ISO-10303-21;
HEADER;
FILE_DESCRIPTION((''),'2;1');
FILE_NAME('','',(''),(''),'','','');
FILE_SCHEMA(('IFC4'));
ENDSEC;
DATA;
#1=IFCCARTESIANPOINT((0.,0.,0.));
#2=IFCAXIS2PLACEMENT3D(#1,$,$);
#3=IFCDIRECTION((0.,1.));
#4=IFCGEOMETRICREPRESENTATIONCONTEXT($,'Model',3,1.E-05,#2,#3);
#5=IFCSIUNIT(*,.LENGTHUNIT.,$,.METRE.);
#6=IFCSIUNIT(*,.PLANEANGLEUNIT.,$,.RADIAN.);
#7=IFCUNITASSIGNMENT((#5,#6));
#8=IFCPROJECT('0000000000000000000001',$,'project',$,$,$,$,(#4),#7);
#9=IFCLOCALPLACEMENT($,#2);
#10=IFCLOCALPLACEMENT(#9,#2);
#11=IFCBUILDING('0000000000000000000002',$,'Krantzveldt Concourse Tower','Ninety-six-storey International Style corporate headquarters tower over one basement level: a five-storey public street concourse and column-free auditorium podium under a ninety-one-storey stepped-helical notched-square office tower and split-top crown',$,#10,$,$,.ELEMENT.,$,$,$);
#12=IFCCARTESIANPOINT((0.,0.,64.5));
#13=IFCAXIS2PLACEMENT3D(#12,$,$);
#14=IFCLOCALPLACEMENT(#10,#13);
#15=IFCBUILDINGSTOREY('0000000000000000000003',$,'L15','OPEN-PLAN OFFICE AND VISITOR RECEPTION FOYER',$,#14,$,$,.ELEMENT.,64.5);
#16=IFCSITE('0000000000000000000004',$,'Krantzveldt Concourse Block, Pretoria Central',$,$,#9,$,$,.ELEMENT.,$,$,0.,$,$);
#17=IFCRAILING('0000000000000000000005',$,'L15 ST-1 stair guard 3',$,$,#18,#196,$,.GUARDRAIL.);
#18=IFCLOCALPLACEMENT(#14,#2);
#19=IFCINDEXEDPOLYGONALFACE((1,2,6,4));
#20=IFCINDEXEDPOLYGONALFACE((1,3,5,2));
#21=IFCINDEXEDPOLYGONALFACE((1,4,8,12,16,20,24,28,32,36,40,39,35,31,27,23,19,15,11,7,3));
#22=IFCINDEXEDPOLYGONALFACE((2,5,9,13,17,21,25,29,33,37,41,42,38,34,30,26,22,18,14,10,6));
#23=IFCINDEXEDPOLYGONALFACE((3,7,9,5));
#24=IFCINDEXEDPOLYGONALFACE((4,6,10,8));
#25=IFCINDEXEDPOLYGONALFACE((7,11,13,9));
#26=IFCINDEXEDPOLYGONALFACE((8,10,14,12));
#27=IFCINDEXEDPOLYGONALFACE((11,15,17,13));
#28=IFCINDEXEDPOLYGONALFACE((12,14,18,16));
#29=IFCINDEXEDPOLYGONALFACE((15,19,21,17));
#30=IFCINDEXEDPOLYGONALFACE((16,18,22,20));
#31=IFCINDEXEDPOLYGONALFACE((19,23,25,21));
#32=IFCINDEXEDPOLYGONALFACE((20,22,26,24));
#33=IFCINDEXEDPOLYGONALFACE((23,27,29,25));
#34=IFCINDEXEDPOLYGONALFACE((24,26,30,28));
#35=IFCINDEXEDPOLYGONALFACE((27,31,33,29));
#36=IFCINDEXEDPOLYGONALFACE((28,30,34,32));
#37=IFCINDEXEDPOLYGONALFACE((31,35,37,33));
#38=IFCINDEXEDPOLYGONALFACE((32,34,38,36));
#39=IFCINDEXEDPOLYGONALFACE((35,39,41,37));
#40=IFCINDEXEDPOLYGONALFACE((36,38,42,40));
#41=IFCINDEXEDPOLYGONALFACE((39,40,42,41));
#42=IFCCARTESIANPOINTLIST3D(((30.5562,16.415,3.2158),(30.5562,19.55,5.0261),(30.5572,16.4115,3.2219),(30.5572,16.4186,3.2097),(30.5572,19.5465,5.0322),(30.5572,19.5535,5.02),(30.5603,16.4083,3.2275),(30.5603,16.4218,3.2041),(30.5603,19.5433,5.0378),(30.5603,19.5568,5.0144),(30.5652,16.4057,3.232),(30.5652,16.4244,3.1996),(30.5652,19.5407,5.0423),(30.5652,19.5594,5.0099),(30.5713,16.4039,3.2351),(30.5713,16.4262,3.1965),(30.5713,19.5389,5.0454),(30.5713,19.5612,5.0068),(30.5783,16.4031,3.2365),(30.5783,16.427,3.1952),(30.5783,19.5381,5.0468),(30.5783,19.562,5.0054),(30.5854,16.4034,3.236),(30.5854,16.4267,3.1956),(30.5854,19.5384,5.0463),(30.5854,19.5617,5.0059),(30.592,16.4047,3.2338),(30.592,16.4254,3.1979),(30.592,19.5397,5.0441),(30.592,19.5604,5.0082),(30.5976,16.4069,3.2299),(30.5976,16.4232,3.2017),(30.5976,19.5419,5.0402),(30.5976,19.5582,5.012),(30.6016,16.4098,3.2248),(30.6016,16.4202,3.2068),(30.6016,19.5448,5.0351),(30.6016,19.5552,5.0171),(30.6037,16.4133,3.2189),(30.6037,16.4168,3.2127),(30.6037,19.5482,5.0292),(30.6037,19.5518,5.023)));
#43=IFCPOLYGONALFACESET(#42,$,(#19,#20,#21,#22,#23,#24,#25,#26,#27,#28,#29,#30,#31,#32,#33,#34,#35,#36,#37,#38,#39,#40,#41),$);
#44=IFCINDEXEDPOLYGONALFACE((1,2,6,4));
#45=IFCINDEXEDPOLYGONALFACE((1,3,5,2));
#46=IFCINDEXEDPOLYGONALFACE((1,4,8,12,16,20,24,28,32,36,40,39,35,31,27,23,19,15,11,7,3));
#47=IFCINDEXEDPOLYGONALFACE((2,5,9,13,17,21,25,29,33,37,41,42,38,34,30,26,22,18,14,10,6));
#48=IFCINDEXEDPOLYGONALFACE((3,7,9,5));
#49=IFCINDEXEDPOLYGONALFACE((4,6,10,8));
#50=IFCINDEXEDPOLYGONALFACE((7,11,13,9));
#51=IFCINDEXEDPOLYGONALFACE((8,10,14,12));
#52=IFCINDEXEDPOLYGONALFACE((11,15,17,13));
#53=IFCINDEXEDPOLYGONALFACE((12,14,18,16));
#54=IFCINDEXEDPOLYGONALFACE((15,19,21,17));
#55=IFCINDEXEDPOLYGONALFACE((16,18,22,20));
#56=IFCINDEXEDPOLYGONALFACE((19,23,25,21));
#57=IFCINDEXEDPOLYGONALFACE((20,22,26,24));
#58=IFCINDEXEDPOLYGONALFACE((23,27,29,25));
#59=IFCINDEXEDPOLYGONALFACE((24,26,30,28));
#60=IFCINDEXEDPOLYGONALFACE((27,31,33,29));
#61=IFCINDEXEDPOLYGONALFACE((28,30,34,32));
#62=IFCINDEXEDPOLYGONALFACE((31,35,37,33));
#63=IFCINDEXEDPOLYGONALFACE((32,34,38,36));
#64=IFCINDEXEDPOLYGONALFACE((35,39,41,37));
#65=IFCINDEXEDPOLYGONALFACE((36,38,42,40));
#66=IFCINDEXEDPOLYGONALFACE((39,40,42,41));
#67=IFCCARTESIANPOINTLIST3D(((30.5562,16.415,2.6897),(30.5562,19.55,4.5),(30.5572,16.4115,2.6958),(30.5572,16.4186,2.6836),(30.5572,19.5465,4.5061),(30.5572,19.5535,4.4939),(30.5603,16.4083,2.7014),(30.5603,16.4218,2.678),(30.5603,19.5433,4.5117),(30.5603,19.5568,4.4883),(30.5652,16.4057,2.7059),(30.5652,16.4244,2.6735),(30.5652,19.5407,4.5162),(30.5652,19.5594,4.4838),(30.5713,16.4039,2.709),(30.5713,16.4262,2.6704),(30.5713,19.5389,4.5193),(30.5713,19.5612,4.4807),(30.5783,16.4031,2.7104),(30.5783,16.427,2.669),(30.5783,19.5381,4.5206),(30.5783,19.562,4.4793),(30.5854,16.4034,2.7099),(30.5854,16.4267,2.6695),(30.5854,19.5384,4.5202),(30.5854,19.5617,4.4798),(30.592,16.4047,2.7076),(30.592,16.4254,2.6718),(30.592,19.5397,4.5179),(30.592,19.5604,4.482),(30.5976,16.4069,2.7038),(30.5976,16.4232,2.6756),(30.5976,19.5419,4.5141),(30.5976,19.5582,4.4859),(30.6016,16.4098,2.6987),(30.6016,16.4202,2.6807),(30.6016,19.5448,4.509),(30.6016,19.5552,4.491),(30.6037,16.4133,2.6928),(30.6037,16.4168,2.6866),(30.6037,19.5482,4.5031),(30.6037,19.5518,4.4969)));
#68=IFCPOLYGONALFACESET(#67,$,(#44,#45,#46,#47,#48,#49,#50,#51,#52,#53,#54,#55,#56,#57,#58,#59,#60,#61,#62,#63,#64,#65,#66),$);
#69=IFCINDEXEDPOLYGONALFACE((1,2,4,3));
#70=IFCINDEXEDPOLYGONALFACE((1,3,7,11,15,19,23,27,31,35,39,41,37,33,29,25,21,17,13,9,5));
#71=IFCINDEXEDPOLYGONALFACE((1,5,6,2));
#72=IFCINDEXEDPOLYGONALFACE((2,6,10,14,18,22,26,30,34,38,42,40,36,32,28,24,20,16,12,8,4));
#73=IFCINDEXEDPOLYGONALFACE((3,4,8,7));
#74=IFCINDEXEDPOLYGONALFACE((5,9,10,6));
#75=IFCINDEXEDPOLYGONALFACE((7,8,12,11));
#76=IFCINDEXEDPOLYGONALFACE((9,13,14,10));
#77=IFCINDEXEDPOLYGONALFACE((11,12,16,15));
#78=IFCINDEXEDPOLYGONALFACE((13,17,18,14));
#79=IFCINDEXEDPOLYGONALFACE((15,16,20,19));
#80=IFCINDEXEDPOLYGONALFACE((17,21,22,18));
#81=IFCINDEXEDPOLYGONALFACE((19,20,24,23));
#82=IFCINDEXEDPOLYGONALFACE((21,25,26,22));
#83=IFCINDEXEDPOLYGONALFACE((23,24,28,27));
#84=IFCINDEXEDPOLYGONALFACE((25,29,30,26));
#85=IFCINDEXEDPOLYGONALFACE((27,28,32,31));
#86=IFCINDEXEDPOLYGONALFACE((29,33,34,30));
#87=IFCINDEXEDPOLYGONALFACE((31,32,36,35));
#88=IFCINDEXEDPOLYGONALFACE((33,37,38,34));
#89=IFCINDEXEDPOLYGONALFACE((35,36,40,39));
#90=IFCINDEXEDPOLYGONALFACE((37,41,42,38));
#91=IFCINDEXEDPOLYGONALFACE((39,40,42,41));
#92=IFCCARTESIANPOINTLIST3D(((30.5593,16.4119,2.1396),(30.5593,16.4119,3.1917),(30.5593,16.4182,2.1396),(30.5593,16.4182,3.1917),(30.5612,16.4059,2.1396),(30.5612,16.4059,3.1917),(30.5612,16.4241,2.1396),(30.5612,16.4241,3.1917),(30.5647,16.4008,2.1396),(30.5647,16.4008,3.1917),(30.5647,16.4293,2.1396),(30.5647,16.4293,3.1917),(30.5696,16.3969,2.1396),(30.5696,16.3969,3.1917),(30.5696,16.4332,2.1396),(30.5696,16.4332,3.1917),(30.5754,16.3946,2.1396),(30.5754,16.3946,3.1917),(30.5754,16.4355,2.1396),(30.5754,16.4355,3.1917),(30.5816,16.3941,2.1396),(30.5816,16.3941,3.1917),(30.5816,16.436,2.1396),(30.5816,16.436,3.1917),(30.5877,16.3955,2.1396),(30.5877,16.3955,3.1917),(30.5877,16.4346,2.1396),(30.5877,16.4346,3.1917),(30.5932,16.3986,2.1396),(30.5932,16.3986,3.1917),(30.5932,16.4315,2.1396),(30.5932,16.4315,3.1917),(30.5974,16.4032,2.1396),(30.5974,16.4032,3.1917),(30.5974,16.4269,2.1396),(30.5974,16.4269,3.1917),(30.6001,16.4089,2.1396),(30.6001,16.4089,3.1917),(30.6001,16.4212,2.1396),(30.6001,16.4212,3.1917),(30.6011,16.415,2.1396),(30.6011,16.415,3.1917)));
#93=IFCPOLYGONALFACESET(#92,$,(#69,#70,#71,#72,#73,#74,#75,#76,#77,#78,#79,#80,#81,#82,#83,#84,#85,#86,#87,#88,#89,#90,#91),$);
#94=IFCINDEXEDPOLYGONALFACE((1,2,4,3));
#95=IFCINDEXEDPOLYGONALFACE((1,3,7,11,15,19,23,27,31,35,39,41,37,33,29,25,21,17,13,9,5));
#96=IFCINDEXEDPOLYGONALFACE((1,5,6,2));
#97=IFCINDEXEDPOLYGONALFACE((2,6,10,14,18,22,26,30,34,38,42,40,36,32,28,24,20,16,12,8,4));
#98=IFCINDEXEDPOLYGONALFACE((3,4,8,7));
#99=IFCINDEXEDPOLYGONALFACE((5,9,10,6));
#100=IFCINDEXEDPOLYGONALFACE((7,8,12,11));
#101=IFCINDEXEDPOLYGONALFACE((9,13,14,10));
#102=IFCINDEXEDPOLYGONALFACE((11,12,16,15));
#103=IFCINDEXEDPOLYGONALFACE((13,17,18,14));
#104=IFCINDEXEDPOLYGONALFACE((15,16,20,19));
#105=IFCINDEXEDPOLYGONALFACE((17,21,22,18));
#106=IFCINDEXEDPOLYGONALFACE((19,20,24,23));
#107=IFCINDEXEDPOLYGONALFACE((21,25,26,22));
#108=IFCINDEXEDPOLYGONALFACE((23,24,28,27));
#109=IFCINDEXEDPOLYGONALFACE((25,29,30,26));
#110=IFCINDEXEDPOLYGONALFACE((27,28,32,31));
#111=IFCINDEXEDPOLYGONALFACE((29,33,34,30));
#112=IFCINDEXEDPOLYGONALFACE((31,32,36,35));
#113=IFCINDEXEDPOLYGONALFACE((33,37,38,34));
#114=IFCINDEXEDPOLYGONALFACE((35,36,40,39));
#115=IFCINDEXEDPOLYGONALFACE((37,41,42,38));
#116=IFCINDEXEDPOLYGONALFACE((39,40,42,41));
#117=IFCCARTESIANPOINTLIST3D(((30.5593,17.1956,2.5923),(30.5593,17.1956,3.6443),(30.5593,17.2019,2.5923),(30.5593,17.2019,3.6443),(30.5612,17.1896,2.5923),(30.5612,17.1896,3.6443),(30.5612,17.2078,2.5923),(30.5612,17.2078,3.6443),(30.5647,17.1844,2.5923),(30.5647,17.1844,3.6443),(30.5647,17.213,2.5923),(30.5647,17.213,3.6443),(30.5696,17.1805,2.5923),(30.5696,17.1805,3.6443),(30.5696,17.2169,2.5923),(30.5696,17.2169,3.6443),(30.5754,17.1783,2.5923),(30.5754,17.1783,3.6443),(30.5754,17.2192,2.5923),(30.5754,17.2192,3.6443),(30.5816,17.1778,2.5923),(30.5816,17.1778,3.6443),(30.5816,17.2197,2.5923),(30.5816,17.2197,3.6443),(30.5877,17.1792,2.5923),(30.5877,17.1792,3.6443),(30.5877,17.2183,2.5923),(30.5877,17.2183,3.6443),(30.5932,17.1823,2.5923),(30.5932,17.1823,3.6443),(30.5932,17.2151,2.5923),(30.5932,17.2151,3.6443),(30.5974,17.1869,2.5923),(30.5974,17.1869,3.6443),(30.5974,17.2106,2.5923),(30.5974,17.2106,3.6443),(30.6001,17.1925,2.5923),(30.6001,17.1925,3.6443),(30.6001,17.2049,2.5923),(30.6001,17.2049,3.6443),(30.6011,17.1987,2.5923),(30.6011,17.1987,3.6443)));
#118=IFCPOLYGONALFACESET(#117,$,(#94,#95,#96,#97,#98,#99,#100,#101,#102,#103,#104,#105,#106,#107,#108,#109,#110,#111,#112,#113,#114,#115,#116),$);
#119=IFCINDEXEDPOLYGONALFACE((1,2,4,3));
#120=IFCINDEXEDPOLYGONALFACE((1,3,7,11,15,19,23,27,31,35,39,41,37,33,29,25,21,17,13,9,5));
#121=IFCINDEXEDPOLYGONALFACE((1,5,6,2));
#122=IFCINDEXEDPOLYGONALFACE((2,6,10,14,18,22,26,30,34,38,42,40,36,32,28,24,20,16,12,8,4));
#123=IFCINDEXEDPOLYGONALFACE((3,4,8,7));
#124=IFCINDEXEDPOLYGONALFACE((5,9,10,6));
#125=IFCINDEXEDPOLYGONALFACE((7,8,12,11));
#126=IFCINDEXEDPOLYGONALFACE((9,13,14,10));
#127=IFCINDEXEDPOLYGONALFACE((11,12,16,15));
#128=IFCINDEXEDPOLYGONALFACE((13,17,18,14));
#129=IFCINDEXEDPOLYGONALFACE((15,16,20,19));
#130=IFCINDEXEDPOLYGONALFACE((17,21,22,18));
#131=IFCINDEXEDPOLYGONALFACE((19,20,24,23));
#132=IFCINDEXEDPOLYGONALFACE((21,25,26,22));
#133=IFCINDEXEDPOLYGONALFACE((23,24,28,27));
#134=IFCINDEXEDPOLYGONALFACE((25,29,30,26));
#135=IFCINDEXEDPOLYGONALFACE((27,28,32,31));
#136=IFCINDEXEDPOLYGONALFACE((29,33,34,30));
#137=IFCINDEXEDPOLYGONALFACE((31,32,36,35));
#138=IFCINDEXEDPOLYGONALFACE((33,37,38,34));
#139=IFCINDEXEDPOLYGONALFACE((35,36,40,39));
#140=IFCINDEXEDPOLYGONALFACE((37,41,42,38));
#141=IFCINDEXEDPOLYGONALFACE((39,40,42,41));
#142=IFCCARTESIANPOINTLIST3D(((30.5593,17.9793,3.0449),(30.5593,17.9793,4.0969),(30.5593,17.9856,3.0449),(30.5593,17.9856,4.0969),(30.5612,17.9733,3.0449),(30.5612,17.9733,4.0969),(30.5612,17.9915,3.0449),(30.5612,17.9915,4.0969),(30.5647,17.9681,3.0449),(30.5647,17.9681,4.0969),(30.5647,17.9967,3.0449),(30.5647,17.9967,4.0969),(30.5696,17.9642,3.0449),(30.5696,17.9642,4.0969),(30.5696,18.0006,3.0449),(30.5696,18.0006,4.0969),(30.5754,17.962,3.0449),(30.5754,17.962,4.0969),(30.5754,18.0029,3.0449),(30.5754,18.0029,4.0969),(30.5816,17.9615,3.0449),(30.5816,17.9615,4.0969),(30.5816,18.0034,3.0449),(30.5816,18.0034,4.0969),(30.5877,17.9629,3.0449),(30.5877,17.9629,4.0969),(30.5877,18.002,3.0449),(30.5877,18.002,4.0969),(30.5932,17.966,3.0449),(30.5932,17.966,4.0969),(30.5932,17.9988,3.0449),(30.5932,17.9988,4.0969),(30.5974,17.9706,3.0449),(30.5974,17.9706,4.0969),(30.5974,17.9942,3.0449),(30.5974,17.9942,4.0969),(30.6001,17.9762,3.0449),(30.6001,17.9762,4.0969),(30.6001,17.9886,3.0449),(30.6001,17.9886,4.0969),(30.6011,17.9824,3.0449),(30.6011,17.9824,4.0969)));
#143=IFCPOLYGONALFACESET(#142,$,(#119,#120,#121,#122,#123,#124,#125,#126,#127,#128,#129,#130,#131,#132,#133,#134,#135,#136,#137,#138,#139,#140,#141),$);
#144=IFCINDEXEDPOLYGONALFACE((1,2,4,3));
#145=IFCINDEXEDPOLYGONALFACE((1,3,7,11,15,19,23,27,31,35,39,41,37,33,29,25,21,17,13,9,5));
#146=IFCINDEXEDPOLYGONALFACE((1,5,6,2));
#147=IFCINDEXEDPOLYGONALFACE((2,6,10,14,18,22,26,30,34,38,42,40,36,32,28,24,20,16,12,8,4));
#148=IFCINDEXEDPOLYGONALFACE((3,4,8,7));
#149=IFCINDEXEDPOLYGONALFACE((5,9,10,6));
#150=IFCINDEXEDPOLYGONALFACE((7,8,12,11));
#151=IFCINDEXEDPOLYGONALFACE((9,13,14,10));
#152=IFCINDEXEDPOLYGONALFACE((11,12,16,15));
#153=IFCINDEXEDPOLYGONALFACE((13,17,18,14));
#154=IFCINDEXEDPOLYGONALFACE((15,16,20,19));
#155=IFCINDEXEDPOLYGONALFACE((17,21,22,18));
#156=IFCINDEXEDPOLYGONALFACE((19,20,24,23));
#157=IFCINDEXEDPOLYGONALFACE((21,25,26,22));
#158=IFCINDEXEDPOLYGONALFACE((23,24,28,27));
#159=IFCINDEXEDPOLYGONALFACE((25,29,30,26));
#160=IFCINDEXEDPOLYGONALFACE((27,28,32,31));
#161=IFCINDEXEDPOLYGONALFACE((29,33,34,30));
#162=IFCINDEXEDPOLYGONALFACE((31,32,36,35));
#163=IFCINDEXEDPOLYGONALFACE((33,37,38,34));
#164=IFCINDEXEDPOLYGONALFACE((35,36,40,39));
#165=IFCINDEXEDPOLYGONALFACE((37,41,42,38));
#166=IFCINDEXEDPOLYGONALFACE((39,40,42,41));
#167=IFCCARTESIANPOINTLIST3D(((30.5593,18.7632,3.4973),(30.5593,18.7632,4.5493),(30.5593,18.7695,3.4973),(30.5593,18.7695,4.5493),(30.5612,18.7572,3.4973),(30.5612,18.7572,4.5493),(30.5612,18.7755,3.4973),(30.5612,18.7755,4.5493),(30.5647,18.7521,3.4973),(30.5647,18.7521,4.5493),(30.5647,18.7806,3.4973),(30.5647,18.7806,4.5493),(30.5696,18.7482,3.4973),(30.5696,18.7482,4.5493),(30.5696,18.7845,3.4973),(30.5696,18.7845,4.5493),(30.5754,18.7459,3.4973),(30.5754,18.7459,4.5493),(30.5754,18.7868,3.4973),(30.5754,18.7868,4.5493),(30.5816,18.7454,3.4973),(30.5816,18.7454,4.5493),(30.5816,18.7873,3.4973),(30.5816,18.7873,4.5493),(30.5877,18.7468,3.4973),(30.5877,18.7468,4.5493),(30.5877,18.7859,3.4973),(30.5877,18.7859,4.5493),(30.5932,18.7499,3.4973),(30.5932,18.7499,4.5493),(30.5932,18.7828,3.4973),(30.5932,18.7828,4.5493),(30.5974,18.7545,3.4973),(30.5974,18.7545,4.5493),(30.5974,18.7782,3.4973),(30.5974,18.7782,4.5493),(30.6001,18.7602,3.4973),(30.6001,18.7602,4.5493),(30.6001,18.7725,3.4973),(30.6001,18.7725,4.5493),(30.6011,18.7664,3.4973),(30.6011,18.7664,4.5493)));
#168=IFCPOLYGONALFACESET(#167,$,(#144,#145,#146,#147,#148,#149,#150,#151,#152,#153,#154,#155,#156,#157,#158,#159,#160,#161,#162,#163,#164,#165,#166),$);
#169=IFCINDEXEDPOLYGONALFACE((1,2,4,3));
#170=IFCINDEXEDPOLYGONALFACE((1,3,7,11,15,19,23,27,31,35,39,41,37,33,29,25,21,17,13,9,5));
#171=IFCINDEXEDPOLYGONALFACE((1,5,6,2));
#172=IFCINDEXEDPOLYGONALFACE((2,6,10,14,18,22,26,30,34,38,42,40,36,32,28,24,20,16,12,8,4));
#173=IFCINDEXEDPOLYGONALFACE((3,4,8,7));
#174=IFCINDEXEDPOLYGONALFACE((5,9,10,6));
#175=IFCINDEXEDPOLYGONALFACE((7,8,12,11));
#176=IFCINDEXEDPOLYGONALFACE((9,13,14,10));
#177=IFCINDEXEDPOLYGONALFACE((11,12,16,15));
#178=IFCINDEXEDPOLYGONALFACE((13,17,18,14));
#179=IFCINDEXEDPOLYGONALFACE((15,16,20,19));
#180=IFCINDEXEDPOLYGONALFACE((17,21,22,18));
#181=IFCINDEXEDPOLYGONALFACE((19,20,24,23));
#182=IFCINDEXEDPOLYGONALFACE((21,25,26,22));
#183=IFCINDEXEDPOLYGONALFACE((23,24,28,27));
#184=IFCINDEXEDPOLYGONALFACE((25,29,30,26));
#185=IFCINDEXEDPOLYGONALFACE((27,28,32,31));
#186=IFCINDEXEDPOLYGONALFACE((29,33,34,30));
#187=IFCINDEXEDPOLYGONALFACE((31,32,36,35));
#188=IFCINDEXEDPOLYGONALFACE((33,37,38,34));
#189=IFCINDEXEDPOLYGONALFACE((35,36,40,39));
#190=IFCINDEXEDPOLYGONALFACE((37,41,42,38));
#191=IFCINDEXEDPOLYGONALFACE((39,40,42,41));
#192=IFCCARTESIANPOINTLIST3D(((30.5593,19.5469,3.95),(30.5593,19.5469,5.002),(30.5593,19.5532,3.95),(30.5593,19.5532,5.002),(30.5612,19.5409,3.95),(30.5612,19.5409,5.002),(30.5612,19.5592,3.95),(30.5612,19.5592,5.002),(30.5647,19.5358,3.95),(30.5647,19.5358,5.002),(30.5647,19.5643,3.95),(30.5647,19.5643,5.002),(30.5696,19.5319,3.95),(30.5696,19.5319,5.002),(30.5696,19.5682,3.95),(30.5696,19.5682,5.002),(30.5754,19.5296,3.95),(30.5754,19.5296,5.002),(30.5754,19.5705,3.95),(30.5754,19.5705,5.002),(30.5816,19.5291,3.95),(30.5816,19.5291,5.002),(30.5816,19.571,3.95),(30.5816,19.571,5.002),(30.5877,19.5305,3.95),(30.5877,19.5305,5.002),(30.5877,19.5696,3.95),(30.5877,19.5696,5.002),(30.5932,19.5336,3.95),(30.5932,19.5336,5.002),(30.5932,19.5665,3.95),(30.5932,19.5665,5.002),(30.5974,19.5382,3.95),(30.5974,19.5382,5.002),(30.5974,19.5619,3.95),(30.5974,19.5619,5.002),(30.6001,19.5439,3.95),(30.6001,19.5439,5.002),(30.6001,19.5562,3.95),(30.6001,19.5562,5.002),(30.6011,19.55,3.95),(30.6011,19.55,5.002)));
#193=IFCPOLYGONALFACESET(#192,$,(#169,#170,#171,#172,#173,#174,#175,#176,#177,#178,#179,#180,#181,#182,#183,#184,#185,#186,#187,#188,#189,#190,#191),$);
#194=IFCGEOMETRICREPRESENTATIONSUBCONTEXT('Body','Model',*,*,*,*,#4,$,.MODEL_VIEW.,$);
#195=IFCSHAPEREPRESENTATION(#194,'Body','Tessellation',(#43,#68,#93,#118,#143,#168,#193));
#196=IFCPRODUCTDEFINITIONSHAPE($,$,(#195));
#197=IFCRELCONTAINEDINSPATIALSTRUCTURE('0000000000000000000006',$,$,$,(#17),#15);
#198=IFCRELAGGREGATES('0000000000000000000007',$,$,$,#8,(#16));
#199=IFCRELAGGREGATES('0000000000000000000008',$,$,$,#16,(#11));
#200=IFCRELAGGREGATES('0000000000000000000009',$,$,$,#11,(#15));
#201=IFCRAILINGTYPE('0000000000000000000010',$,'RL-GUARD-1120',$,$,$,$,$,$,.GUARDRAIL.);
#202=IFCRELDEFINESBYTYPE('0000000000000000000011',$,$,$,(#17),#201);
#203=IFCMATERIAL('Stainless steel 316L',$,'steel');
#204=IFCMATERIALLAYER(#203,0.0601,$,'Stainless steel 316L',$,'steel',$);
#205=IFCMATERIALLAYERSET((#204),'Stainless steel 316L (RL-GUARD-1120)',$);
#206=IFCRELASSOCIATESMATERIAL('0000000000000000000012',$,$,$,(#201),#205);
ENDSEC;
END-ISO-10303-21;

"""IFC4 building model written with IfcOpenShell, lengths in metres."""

from ifc_helpers import new_model, si_unit, direction, frame, origin, origin_2d, place, context, subcontext, project, spatial, circle, extrude, material, layer, layer_set, type_object, element, save


model = new_model("IFC4")

# Units and contexts
model_context = context("Model", 3, precision=1e-05, world=origin(), true_north=direction((0.0, 1.0)))
body_context = subcontext(model_context, "Body", "Model", "MODEL_VIEW")
ifc_project = project(units=[si_unit("LENGTHUNIT", "METRE"), si_unit("PLANEANGLEUNIT", "RADIAN")], contexts=[model_context])

# Site, building, storey
site_placement = place(None, origin())
site = spatial("IfcSite", under=ifc_project, at=site_placement, Name="Krantzveldt Concourse Block, Pretoria Central", CompositionType="ELEMENT", RefElevation=0.0)
building_placement = place(site_placement, origin())
building = spatial("IfcBuilding", under=site, at=building_placement, Name="Krantzveldt Concourse Tower", Description="Ninety-six-storey International Style corporate headquarters tower over one basement level: a five-storey public street concourse and column-free auditorium podium under a ninety-one-storey stepped-helical notched-square office tower and split-top crown", CompositionType="ELEMENT")
storey_placement = place(building_placement, frame((0.0, 0.0, 64.5)))
storey = spatial("IfcBuildingStorey", under=building, at=storey_placement, Name="L15", Description="OPEN-PLAN OFFICE AND VISITOR RECEPTION FOYER", CompositionType="ELEMENT", Elevation=64.5)

# Railing
ifc_material_1 = material(Name="Stainless steel 316L", Category="steel")
ifc_layer_1 = layer(ifc_material_1, 0.0601, Name="Stainless steel 316L", Category="steel")
ifc_layer_set_1 = layer_set([ifc_layer_1], Name="Stainless steel 316L (RL-GUARD-1120)")
railing_type_1 = type_object("IfcRailingType", Name="RL-GUARD-1120", PredefinedType="GUARDRAIL", material=ifc_layer_set_1)
railing_1_placement = place(storey_placement, frame((30.5801, 16.415, 2.1396)))
element("IfcRailing", 1, at=railing_1_placement, inside=storey, type_object=railing_type_1, Name="L15 ST-1 stair guard 3", PredefinedType="GUARDRAIL", context=body_context, shape_type="SweptSolid", body=[
    extrude(circle(Radius=0.0239, at=origin_2d()), frame((0.0, 0.0, 1.0762), z_axis=(0.0, 0.865989, 0.500063), x_axis=(-1.0, 0.0, 0.0)), (0.0, 0.0, 1.0), 3.6201),
    extrude(circle(Radius=0.0239, at=origin_2d()), frame((0.0, 0.0, 0.55), z_axis=(0.0, 0.865989, 0.500063), x_axis=(-1.0, 0.0, 0.0)), (0.0, 0.0, 1.0), 3.6201),
    extrude(circle(Radius=0.021, at=origin_2d()), origin(), (0.0, 0.0, 1.0), 1.052),
    extrude(circle(Radius=0.021, at=origin_2d()), frame((0.0, 0.7837, 0.4526)), (0.0, 0.0, 1.0), 1.052),
    extrude(circle(Radius=0.021, at=origin_2d()), frame((0.0, 1.5674, 0.9053)), (0.0, 0.0, 1.0), 1.052),
    extrude(circle(Radius=0.021, at=origin_2d()), frame((0.0, 2.3513, 1.3577)), (0.0, 0.0, 1.0), 1.052),
    extrude(circle(Radius=0.021, at=origin_2d()), frame((0.0, 3.135, 1.8103)), (0.0, 0.0, 1.0), 1.052),
])

save(model, "model.ifc")
